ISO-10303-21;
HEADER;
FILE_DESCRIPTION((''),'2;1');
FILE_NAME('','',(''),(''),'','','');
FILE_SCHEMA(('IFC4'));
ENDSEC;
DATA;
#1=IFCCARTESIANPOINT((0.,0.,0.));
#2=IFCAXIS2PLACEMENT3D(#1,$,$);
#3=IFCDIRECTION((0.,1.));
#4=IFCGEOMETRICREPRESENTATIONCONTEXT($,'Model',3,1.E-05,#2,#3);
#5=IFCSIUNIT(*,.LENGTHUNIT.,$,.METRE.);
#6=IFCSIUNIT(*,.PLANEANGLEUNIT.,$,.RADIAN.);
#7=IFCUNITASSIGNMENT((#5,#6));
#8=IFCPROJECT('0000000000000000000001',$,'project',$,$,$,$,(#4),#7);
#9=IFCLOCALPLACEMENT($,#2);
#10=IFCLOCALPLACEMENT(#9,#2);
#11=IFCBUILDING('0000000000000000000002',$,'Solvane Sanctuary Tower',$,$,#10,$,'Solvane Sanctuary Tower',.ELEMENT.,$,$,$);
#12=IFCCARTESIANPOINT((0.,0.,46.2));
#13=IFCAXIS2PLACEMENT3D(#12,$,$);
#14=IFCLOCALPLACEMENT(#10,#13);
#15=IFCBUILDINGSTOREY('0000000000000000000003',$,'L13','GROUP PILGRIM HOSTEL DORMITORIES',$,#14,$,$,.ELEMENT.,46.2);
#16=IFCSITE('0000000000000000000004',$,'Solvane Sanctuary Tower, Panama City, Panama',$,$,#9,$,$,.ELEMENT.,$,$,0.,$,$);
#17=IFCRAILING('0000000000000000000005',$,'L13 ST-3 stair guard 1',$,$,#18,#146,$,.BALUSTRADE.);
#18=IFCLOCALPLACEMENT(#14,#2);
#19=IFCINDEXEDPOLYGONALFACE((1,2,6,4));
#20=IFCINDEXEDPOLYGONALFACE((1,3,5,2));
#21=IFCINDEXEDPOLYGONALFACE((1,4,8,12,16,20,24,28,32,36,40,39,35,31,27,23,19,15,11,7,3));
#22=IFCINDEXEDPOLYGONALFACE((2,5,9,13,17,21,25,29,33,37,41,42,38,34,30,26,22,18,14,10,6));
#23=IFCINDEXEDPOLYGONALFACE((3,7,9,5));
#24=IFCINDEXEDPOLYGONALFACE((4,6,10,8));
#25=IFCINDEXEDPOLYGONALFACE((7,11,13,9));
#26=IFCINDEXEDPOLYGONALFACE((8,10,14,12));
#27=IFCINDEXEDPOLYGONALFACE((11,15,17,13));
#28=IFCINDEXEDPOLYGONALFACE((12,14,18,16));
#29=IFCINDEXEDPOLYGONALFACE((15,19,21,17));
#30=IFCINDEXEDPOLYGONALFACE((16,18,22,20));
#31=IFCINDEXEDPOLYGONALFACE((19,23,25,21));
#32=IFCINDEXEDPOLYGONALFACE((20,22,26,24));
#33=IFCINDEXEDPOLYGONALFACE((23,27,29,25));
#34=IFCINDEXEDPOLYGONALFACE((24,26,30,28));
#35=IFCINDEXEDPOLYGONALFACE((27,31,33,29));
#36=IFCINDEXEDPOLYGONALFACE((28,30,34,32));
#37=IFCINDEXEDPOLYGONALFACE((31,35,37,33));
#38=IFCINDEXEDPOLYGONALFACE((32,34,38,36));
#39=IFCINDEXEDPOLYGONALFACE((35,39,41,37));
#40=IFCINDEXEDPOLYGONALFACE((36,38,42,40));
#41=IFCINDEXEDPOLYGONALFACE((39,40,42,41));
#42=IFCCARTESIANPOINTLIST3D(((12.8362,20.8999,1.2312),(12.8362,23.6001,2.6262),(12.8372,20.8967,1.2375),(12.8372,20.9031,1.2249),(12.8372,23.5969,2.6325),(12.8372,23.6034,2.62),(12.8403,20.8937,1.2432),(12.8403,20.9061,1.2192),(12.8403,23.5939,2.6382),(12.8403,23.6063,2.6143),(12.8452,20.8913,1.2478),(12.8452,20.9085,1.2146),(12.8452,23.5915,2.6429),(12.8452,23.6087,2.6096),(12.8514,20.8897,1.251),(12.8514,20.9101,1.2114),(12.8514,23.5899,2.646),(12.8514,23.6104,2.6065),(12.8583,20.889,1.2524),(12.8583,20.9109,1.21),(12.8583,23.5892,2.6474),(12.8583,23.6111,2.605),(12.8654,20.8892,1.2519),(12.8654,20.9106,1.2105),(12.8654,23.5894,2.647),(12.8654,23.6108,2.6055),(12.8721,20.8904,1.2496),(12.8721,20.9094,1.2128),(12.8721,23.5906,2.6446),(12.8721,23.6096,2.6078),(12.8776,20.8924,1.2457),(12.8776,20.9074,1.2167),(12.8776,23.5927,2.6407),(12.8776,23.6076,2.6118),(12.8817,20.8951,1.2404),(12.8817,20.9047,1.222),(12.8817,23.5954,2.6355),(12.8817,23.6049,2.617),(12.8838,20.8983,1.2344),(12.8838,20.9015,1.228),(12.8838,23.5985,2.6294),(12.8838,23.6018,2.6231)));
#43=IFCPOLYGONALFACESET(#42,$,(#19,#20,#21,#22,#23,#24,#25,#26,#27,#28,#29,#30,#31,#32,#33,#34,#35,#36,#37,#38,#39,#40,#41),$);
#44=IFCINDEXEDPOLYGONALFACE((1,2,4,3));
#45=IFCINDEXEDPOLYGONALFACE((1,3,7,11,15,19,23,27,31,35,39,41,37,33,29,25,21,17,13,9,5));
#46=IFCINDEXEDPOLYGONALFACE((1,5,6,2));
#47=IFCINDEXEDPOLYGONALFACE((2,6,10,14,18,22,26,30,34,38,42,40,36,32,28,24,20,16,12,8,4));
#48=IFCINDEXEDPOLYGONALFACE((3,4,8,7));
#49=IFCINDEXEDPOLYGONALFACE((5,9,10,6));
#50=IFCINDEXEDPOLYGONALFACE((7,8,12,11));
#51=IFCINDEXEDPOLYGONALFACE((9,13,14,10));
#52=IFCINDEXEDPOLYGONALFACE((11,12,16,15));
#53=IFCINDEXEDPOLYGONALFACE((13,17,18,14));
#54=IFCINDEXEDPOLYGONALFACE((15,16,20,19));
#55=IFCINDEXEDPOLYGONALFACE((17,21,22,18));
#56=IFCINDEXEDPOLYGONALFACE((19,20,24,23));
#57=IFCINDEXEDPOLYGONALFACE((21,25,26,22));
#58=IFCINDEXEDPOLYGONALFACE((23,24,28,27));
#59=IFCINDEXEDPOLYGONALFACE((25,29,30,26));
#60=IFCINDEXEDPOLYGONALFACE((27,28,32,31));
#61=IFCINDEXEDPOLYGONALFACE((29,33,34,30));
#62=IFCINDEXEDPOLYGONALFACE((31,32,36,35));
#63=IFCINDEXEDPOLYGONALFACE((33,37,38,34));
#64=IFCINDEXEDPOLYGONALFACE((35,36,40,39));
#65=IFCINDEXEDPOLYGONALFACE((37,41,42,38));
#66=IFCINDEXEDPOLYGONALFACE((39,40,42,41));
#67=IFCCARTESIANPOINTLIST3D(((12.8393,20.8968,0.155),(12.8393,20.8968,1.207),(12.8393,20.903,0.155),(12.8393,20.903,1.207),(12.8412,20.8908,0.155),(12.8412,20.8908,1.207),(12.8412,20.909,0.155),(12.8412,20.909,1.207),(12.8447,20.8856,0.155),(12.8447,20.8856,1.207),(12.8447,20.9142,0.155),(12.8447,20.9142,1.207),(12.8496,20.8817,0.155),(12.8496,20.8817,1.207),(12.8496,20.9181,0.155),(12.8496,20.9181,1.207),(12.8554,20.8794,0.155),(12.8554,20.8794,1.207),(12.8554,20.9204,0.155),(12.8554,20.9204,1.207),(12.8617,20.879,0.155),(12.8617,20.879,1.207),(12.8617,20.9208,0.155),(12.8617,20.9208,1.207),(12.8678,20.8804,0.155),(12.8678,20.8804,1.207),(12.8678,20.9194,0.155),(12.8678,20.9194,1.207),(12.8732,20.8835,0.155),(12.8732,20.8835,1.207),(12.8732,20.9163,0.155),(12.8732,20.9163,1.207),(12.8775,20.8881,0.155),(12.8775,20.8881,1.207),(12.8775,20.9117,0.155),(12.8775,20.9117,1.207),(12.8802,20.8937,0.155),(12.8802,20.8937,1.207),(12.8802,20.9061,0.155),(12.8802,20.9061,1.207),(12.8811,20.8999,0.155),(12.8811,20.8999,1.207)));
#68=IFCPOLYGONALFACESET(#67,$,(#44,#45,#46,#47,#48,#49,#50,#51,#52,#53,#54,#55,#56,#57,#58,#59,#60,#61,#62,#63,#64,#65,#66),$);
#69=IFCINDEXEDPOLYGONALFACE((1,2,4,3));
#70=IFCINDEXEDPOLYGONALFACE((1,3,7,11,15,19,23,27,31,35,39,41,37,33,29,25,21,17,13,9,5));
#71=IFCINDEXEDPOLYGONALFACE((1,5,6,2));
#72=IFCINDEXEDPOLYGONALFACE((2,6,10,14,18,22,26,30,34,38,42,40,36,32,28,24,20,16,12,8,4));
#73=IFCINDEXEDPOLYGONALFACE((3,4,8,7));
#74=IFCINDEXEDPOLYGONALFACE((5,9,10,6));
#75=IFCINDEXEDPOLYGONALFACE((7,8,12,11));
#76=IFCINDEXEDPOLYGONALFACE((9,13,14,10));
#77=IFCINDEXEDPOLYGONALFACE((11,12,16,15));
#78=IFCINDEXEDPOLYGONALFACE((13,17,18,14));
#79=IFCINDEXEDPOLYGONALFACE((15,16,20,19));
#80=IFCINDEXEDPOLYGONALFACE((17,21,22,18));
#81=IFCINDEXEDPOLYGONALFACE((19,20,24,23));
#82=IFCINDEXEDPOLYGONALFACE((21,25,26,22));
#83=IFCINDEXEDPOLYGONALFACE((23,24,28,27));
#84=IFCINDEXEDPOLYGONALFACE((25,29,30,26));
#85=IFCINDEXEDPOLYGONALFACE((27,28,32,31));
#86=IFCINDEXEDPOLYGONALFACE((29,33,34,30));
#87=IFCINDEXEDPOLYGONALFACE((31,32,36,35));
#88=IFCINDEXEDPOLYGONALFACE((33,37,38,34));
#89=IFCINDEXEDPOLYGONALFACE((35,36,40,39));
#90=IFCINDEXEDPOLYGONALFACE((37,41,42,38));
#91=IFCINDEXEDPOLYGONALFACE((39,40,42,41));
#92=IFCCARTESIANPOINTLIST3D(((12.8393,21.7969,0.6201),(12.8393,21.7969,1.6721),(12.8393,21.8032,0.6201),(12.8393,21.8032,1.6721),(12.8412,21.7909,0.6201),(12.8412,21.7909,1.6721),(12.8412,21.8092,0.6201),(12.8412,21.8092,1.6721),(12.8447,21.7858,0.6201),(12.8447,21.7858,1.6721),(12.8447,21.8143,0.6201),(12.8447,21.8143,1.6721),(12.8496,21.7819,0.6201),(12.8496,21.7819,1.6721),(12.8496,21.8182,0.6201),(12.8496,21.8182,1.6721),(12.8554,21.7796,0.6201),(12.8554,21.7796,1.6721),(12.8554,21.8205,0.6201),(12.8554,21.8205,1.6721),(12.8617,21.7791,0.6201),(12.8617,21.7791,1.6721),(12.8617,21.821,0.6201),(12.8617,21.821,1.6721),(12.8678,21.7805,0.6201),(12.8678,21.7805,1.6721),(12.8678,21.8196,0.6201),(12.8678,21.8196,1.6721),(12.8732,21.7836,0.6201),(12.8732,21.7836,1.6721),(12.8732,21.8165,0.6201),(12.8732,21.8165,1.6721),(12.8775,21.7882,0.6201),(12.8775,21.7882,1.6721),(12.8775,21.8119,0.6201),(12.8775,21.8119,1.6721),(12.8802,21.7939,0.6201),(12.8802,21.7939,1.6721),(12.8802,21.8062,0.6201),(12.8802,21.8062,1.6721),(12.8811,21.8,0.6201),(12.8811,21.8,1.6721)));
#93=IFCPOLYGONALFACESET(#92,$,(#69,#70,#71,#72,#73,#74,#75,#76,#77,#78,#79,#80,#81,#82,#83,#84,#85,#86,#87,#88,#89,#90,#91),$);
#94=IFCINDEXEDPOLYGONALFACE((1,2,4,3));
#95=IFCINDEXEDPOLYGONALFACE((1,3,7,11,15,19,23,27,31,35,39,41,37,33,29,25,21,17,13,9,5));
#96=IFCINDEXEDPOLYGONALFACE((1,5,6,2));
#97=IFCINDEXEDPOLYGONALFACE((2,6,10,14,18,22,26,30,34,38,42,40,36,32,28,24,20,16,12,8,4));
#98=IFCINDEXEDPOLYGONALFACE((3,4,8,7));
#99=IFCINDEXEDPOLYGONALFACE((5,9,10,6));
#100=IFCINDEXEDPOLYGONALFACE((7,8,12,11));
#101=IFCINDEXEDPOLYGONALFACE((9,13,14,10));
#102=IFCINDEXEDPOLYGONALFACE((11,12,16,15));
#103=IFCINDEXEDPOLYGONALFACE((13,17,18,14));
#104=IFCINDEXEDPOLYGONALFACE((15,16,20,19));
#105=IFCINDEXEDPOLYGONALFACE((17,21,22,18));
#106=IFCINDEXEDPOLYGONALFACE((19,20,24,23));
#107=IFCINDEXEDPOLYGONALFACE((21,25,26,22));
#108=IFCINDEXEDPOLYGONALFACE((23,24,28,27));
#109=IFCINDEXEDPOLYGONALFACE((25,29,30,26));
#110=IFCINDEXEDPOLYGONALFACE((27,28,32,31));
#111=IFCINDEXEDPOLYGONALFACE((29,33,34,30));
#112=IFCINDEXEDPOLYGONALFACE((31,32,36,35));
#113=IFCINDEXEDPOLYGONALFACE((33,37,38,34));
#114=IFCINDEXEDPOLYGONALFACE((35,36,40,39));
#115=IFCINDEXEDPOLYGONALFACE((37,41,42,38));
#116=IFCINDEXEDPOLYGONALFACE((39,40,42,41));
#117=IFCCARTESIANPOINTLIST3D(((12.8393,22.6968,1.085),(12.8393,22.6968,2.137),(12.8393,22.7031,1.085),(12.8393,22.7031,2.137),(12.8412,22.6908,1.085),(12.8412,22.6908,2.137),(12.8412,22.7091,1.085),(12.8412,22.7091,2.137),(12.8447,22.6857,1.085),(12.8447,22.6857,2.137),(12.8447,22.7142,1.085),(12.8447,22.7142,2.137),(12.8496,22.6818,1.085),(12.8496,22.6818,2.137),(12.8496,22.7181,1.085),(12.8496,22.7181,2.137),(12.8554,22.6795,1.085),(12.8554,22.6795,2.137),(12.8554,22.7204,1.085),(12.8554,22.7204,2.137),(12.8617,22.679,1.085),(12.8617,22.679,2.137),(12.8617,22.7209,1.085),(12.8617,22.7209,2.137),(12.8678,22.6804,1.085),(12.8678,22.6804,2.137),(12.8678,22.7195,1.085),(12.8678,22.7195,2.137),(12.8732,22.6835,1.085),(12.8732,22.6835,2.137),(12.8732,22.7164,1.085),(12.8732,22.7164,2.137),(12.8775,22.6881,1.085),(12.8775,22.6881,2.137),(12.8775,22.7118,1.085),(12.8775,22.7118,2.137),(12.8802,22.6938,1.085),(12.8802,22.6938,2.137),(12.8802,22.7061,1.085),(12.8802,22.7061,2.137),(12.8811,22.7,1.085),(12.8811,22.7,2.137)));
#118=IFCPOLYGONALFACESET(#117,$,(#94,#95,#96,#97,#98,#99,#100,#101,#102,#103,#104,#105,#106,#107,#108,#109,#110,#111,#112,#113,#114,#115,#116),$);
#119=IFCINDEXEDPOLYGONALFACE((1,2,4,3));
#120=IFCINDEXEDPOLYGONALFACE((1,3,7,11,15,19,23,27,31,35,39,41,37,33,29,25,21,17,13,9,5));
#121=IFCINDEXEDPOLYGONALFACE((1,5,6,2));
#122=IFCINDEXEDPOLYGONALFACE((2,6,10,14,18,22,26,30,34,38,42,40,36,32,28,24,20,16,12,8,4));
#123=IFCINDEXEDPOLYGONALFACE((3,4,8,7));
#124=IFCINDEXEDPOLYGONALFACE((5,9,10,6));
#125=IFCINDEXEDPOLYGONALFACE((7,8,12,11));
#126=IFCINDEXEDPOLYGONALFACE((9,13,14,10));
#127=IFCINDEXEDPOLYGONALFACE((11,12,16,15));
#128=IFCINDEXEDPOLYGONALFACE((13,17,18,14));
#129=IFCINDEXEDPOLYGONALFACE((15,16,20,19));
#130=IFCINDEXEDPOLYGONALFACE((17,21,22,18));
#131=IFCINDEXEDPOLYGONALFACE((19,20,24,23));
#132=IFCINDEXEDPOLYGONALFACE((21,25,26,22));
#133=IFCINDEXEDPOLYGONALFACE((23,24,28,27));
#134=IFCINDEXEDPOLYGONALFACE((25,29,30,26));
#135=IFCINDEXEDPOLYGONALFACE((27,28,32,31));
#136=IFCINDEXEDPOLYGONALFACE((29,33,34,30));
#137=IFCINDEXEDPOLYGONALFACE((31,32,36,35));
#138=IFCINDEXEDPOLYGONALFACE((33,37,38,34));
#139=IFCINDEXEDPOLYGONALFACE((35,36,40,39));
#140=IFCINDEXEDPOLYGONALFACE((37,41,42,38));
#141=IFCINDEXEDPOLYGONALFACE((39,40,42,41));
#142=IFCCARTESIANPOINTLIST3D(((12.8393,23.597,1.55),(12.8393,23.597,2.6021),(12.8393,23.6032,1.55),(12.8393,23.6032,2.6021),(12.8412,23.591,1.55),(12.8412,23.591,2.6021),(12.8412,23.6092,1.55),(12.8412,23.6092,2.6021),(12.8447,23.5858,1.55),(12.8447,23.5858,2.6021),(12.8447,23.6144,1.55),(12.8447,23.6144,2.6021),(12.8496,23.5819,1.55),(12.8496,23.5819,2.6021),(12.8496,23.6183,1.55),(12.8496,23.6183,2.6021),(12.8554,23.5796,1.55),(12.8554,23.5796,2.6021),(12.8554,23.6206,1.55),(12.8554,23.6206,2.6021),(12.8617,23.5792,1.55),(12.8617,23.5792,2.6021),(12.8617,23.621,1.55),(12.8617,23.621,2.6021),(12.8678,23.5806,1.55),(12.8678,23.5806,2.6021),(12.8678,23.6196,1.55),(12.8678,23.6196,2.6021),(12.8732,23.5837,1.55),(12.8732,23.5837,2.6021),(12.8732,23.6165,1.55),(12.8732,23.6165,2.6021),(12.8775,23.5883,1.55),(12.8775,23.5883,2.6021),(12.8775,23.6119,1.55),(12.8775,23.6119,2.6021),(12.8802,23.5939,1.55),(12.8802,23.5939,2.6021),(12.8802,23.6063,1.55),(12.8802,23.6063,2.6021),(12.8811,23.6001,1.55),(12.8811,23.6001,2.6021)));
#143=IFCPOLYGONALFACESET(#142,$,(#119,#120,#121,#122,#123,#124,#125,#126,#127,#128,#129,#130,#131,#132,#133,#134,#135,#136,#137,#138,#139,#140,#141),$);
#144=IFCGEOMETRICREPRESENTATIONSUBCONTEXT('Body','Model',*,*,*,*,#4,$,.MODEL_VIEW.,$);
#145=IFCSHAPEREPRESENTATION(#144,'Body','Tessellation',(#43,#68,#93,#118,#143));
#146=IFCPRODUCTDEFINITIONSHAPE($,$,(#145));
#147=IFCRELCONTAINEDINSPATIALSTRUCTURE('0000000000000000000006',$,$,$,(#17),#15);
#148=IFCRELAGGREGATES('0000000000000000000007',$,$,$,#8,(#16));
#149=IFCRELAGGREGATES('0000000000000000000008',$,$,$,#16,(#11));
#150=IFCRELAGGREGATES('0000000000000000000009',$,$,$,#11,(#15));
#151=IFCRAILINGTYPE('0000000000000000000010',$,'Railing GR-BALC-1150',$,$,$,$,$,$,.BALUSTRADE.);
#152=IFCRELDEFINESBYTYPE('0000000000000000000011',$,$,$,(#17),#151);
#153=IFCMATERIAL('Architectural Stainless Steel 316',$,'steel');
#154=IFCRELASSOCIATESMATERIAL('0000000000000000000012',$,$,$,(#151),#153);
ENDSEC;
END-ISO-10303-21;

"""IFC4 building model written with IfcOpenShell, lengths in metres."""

from ifc_helpers import new_model, si_unit, direction, frame, origin, origin_2d, place, context, subcontext, project, spatial, circle, extrude, material, type_object, element, save


model = new_model("IFC4")

# Units and contexts
model_context = context("Model", 3, precision=1e-05, world=origin(), true_north=direction((0.0, 1.0)))
body_context = subcontext(model_context, "Body", "Model", "MODEL_VIEW")
ifc_project = project(units=[si_unit("LENGTHUNIT", "METRE"), si_unit("PLANEANGLEUNIT", "RADIAN")], contexts=[model_context])

# Site, building, storey
site_placement = place(None, origin())
site = spatial("IfcSite", under=ifc_project, at=site_placement, Name="Solvane Sanctuary Tower, Panama City, Panama", CompositionType="ELEMENT", RefElevation=0.0)
building_placement = place(site_placement, origin())
building = spatial("IfcBuilding", under=site, at=building_placement, Name="Solvane Sanctuary Tower", LongName="Solvane Sanctuary Tower", CompositionType="ELEMENT")
storey_placement = place(building_placement, frame((0.0, 0.0, 46.2)))
storey = spatial("IfcBuildingStorey", under=building, at=storey_placement, Name="L13", Description="GROUP PILGRIM HOSTEL DORMITORIES", CompositionType="ELEMENT", Elevation=46.2)

# Shared definitions
ifc_material_1 = material(Name="Architectural Stainless Steel 316", Category="steel")

# Railing
railing_type_1 = type_object("IfcRailingType", Name="Railing GR-BALC-1150", PredefinedType="BALUSTRADE", material=ifc_material_1)
railing_1_placement = place(storey_placement, frame((12.8601, 20.8999, 0.155)))
element("IfcRailing", 1, at=railing_1_placement, inside=storey, type_object=railing_type_1, Name="L13 ST-3 stair guard 1", PredefinedType="BALUSTRADE", context=body_context, shape_type="SweptSolid", body=[
    extrude(circle(Radius=0.0239, at=origin_2d()), frame((0.0, 0.0, 1.0762), z_axis=(0.0, 0.888437, 0.458999), x_axis=(-1.0, 0.0, 0.0)), (0.0, 0.0, 1.0), 3.0393),
    extrude(circle(Radius=0.021, at=origin_2d()), origin(), (0.0, 0.0, 1.0), 1.052),
    extrude(circle(Radius=0.021, at=origin_2d()), frame((0.0, 0.9001, 0.4651)), (0.0, 0.0, 1.0), 1.052),
    extrude(circle(Radius=0.021, at=origin_2d()), frame((0.0, 1.8, 0.9299)), (0.0, 0.0, 1.0), 1.052),
    extrude(circle(Radius=0.021, at=origin_2d()), frame((0.0, 2.7002, 1.395)), (0.0, 0.0, 1.0), 1.052),
])

save(model, "model.ifc")
